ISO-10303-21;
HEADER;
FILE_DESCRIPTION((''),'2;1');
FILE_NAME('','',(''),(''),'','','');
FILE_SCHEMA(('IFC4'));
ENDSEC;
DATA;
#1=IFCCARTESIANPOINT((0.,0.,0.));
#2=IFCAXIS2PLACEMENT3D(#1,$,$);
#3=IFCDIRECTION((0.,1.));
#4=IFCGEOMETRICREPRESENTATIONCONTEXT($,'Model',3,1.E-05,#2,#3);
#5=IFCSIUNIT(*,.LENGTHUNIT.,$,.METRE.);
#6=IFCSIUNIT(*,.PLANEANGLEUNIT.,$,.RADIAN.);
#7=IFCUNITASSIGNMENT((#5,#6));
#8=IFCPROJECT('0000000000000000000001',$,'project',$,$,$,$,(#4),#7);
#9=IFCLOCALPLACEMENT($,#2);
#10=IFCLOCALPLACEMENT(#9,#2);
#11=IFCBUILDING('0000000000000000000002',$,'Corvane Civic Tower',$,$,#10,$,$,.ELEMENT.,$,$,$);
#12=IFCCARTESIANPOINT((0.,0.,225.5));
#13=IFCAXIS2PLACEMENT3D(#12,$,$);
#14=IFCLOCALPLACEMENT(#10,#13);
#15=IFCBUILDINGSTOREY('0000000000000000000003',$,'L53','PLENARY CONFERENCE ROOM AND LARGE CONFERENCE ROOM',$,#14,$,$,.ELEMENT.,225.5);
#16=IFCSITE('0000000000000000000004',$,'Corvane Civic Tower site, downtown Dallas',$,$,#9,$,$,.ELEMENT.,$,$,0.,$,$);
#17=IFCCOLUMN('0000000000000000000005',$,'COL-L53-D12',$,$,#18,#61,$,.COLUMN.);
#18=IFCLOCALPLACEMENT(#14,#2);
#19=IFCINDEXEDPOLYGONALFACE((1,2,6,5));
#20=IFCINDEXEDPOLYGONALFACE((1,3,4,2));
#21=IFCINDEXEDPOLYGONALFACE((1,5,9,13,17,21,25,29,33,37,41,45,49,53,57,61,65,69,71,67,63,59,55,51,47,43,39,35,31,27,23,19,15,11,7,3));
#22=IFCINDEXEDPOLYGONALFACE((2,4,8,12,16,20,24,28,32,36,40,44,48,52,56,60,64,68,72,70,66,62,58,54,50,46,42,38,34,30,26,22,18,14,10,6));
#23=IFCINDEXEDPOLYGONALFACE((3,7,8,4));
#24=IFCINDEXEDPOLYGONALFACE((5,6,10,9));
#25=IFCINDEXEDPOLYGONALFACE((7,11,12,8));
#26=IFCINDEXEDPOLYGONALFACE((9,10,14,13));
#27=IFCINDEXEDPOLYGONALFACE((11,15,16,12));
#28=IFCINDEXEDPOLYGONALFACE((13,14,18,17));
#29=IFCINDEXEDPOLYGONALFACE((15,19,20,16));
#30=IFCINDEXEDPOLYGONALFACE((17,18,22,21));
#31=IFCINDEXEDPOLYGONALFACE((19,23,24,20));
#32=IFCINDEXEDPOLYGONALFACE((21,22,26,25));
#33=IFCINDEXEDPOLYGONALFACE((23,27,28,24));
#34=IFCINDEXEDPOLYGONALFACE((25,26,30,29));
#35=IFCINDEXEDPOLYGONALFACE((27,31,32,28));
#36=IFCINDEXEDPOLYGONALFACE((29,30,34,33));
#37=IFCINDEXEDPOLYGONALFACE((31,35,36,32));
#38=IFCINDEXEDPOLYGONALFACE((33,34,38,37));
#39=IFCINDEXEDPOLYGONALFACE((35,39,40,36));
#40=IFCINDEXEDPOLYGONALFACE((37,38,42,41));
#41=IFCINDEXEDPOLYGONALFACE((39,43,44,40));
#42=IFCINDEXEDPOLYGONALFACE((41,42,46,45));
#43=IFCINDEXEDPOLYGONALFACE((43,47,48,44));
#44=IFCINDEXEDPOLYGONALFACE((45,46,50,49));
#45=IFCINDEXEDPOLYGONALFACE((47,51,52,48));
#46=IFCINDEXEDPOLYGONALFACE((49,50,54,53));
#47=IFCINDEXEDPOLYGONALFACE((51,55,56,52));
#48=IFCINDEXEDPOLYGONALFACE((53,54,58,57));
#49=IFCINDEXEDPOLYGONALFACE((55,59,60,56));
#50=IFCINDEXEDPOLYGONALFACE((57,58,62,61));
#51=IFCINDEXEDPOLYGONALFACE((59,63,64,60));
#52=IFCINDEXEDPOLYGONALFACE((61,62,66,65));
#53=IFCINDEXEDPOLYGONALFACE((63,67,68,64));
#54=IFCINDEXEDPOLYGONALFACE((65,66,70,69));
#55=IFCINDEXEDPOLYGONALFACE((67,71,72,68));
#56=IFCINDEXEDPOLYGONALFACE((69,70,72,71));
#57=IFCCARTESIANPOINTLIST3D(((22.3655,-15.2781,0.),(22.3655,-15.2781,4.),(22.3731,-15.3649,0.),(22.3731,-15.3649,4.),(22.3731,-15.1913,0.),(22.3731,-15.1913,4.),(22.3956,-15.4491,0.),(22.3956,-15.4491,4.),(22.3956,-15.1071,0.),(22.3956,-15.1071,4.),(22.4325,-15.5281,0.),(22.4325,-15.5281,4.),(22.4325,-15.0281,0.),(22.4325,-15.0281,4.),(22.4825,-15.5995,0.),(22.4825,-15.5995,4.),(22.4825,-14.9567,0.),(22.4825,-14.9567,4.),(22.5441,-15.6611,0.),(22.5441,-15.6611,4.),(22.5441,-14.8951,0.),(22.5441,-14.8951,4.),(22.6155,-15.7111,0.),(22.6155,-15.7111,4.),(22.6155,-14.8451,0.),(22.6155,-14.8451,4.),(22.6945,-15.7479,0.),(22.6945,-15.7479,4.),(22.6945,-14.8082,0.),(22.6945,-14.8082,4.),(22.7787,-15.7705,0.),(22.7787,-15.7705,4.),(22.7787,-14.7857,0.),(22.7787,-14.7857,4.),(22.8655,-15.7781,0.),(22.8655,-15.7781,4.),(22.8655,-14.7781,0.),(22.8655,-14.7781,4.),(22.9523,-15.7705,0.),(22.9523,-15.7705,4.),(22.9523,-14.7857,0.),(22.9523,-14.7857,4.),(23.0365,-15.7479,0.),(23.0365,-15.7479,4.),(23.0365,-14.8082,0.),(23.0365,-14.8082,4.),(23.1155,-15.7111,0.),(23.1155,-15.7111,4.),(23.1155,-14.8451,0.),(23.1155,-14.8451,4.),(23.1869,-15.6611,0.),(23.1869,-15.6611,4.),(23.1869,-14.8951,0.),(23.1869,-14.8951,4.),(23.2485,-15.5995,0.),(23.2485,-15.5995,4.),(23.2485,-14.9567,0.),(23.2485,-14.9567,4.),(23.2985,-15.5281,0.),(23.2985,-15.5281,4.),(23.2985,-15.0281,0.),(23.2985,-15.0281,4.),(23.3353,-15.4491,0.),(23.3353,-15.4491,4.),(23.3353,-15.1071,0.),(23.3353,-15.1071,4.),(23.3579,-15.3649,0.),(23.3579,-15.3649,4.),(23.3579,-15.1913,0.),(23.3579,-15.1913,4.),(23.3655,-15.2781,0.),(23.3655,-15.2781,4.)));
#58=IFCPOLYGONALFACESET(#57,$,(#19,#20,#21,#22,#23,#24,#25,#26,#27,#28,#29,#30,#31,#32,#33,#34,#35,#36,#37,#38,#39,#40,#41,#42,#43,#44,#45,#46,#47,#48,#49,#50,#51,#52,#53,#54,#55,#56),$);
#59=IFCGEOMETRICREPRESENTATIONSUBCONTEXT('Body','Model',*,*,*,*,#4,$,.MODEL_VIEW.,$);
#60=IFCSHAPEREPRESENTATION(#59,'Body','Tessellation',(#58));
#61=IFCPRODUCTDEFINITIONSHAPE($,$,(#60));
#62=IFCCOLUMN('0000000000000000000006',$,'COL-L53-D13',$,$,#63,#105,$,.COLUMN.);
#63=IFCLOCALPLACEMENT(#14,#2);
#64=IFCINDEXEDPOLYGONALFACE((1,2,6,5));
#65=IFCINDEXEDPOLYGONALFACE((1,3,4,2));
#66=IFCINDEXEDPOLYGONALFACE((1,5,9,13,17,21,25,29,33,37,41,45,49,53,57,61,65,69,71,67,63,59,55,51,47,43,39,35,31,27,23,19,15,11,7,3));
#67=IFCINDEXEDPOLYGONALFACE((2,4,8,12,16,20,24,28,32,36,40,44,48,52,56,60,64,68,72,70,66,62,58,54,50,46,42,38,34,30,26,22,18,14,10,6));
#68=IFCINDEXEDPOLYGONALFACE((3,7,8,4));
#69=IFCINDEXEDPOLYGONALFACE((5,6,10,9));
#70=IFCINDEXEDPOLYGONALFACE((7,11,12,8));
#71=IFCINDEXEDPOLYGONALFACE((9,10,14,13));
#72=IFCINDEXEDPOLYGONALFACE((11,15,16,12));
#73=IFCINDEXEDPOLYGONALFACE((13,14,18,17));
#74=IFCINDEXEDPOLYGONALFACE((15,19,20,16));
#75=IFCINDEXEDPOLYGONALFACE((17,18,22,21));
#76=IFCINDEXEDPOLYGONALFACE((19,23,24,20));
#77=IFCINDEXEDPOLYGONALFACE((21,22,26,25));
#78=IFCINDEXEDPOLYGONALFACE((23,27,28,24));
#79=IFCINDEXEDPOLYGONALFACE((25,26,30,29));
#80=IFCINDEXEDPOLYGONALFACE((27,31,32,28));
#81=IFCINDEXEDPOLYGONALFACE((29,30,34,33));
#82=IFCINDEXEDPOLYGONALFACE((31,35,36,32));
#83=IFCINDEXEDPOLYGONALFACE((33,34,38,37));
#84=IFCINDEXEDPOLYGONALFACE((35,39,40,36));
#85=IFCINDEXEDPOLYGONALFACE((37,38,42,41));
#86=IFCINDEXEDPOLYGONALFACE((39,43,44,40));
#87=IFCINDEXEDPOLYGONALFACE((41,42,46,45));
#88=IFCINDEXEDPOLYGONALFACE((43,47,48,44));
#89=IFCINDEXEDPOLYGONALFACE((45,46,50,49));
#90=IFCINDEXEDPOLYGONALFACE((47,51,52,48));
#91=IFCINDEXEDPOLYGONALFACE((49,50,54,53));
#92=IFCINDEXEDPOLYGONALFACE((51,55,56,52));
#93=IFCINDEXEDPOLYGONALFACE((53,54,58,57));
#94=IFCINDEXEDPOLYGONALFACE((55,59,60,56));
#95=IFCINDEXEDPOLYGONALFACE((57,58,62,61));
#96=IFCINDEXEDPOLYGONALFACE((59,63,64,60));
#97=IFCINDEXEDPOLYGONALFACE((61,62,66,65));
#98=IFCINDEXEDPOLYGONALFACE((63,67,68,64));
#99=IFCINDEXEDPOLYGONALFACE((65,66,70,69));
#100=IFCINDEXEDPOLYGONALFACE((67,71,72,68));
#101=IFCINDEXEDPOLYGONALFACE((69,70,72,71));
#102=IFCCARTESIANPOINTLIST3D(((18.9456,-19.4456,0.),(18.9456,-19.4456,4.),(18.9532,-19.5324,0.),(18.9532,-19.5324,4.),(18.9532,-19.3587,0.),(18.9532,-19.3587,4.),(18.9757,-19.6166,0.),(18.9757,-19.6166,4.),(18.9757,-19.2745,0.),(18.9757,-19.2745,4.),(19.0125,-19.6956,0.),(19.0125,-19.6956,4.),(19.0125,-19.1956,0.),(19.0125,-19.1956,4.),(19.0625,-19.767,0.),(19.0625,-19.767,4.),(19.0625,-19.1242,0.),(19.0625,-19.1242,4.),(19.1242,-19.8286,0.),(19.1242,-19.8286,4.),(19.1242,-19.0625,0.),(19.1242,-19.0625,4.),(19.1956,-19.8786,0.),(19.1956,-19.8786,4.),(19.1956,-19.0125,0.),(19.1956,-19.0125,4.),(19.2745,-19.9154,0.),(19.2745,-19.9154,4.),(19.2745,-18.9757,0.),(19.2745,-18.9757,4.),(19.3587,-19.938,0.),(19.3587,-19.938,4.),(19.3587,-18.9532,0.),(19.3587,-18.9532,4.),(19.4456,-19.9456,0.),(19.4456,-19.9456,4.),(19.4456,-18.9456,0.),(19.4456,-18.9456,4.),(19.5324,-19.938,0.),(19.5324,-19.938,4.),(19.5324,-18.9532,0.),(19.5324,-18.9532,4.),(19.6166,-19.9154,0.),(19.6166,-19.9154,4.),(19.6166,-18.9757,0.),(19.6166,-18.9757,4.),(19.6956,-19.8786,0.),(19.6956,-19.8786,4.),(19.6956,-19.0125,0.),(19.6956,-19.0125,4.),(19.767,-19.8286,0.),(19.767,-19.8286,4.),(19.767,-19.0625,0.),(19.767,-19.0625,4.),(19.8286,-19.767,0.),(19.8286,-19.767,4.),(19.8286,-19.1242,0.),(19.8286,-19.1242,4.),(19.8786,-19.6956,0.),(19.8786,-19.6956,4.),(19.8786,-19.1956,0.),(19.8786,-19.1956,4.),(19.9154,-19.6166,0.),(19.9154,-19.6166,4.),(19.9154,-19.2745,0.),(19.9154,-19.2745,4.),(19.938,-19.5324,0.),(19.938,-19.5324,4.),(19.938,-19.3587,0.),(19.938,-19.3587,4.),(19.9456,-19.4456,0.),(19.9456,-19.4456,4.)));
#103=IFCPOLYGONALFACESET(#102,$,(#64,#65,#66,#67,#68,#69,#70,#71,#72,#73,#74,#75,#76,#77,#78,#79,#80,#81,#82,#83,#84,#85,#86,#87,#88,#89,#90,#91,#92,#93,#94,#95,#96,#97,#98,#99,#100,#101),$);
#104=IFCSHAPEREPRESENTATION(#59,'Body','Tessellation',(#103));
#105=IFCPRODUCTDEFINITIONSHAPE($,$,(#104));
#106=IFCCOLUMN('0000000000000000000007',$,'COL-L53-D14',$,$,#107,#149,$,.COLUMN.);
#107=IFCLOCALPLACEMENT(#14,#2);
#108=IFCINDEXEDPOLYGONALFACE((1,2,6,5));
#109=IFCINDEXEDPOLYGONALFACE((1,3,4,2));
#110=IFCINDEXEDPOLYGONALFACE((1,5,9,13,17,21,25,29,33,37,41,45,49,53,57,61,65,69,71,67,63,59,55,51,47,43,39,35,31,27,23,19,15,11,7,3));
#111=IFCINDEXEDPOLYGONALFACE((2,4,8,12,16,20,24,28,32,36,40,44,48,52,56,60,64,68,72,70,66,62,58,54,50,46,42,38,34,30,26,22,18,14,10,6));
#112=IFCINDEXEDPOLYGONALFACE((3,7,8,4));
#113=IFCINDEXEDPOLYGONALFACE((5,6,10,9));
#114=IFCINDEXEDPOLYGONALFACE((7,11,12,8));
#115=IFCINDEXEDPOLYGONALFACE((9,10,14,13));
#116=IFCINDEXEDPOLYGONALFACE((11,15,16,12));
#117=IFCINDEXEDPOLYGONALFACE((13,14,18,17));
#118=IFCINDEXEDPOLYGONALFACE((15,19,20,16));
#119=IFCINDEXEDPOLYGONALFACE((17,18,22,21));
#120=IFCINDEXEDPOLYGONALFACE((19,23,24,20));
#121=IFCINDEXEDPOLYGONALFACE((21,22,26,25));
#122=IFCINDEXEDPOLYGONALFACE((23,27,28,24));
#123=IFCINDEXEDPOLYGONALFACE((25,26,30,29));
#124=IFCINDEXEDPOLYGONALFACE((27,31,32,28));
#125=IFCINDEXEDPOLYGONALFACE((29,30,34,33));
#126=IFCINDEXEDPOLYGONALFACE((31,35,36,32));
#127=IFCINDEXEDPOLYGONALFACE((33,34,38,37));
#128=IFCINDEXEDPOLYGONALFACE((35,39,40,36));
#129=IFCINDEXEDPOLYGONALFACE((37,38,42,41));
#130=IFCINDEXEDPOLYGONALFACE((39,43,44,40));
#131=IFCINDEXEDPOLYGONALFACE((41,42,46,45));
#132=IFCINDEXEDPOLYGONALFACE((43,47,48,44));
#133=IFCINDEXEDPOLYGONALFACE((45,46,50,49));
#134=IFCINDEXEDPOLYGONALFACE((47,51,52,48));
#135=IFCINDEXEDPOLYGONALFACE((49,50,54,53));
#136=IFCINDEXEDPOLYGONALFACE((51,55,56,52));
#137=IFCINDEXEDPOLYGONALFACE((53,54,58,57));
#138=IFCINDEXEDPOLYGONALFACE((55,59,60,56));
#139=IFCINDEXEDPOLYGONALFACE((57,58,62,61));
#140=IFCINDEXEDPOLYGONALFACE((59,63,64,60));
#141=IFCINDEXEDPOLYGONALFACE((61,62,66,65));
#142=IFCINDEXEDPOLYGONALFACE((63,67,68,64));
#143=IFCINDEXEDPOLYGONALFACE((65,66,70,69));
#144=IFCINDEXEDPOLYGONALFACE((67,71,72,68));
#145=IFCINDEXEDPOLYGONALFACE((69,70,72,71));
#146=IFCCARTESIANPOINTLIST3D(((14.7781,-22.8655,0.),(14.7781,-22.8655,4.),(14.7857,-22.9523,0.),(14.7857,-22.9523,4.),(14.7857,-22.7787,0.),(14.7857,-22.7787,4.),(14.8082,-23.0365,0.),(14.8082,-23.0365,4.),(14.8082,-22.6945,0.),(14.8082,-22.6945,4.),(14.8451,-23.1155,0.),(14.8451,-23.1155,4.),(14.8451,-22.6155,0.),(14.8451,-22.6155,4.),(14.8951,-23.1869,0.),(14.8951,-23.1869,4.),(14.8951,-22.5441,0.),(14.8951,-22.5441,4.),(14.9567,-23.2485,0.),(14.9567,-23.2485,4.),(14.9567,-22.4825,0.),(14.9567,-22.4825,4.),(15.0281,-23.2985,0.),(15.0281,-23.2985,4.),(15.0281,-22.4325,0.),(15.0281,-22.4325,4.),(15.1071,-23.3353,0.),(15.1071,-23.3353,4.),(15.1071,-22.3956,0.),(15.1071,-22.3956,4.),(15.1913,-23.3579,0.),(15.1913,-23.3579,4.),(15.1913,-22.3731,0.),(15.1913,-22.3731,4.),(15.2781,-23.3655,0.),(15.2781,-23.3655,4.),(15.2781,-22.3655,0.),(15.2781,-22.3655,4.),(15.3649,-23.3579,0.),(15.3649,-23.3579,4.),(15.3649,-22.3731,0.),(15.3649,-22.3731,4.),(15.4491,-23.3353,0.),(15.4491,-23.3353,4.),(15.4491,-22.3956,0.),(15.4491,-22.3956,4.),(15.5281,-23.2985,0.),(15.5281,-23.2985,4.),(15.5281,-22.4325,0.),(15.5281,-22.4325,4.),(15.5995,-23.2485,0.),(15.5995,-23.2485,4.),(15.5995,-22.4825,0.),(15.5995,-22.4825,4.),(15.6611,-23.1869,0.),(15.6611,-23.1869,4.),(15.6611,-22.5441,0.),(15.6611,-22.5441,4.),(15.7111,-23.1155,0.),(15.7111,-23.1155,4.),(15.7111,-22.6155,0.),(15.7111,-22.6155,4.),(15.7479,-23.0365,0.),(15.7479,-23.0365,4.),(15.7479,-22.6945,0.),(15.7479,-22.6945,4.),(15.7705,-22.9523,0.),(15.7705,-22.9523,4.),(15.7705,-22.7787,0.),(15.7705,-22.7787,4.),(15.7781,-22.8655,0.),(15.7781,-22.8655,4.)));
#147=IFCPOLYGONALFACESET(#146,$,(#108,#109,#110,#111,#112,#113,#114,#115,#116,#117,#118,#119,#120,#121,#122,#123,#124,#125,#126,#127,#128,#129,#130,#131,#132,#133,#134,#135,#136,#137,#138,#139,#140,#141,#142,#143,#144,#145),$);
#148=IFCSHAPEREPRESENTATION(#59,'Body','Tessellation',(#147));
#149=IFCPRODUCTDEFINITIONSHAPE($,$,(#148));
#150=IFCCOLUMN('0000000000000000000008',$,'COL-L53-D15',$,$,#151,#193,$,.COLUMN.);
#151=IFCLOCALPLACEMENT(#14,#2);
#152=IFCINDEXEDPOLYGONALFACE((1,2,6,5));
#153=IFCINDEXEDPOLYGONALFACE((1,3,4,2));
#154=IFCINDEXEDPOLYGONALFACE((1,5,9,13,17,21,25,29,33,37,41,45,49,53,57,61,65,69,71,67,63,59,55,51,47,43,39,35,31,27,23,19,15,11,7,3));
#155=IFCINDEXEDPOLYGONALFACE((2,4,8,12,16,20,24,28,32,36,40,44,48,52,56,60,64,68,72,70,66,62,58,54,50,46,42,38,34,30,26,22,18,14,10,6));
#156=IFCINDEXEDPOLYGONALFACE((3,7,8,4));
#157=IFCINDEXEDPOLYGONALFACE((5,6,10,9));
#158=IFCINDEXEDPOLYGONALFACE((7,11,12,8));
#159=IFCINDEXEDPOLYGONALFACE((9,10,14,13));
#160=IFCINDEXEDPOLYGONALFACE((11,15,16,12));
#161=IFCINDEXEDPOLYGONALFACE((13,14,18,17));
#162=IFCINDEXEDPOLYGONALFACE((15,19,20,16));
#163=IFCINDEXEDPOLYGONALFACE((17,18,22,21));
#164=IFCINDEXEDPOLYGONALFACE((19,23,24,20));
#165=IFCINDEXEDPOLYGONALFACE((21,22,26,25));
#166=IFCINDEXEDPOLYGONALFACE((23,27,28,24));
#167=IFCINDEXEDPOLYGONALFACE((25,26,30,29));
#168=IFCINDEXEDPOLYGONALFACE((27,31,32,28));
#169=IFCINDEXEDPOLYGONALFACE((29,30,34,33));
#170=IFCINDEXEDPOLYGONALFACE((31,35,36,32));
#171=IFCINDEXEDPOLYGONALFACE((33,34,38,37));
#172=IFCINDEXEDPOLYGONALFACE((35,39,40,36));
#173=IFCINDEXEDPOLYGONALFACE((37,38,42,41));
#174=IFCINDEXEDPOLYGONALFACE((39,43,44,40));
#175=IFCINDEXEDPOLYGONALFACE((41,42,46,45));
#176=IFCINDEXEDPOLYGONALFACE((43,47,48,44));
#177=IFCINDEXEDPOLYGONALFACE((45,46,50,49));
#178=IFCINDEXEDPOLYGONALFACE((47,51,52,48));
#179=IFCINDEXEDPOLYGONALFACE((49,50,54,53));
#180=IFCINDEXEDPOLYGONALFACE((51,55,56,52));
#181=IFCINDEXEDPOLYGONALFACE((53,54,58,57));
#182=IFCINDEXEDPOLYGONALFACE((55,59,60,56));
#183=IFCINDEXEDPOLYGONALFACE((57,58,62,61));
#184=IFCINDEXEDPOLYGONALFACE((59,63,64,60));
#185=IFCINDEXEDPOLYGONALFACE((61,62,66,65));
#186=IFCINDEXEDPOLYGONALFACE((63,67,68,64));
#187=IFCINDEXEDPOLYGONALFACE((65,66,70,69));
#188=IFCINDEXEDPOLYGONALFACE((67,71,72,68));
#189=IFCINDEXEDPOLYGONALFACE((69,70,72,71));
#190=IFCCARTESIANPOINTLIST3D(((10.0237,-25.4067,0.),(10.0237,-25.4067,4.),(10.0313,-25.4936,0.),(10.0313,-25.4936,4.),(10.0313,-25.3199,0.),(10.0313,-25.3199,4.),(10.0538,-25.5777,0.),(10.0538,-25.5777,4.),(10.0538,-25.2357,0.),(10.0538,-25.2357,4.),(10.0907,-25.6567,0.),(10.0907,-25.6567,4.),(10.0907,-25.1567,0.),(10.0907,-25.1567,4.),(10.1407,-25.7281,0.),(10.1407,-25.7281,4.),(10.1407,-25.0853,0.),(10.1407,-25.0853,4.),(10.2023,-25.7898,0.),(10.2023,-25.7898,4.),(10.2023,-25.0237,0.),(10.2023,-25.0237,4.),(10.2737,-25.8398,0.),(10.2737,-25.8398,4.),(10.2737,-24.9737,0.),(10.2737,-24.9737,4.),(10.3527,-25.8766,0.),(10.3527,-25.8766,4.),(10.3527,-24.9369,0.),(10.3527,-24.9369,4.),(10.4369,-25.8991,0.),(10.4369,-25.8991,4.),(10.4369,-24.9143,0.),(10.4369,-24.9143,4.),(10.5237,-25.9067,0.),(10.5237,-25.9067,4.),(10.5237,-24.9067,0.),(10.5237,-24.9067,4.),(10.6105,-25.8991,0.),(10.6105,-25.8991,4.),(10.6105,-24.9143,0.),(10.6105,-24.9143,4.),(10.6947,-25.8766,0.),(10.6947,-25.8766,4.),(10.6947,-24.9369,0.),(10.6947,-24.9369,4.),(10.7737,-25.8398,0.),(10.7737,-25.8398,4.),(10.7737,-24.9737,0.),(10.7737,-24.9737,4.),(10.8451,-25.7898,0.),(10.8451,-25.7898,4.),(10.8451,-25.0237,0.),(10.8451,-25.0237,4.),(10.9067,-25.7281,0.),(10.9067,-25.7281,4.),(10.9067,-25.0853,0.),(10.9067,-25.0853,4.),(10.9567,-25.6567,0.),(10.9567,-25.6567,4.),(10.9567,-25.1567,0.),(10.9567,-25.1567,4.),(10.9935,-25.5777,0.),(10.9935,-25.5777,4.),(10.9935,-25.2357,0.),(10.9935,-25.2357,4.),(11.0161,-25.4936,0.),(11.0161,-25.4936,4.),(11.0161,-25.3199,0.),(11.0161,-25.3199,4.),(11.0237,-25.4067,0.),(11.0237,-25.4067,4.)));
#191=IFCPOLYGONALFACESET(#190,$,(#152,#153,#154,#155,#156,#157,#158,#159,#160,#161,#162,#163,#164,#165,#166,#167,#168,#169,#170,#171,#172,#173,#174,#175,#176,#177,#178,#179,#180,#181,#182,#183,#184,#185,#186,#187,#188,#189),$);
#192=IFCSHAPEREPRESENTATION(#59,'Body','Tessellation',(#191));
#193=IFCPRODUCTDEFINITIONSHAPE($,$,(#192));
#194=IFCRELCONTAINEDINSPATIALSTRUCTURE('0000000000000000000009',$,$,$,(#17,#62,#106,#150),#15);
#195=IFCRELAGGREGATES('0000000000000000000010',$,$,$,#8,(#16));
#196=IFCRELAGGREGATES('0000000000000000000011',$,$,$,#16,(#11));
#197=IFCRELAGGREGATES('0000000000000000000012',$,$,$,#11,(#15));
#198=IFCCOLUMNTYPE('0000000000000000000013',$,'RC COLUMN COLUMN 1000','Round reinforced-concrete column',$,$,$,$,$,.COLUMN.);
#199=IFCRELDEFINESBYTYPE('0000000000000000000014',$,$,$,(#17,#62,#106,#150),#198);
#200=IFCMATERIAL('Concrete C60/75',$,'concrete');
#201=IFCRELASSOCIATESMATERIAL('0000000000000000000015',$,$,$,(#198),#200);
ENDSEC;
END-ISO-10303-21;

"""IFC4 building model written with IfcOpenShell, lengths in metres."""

from ifc_helpers import new_model, si_unit, direction, frame, origin, origin_2d, place, context, subcontext, project, spatial, circle, extrude, material, material_profile, profile_set, type_object, element, save


model = new_model("IFC4")

# Units and contexts
model_context = context("Model", 3, precision=1e-05, world=origin(), true_north=direction((0.0, 1.0)))
body_context = subcontext(model_context, "Body", "Model", "MODEL_VIEW")
ifc_project = project(units=[si_unit("LENGTHUNIT", "METRE"), si_unit("PLANEANGLEUNIT", "RADIAN")], contexts=[model_context])

# Site, building, storey
site_placement = place(None, origin())
site = spatial("IfcSite", under=ifc_project, at=site_placement, Name="Corvane Civic Tower site, downtown Dallas", CompositionType="ELEMENT", RefElevation=0.0)
building_placement = place(site_placement, origin())
building = spatial("IfcBuilding", under=site, at=building_placement, Name="Corvane Civic Tower", CompositionType="ELEMENT")
storey_placement = place(building_placement, frame((0.0, 0.0, 225.5)))
storey = spatial("IfcBuildingStorey", under=building, at=storey_placement, Name="L53", Description="PLENARY CONFERENCE ROOM AND LARGE CONFERENCE ROOM", CompositionType="ELEMENT", Elevation=225.5)

# Columns
ifc_material_1 = material(Name="Concrete C60/75", Category="concrete")
ifc_material_profile_1 = material_profile(ifc_material_1, circle(Radius=0.5, at=origin_2d()), Name="COLUMN 1000")
ifc_profile_set_1 = profile_set([ifc_material_profile_1], Name="Concrete C60/75")
column_type = type_object("IfcColumnType", Name="RC COLUMN COLUMN 1000", Description="Round reinforced-concrete column", PredefinedType="COLUMN", material=ifc_profile_set_1)
for number, where, z_axis, x_axis, name in (
    (1, (22.8655, -15.2781, 0.0), (0.0, 0.0, 1.0), (1.0, 0.0, 0.0), "COL-L53-D12"),
    (2, (19.4456, -19.4456, 0.0), (0.0, 0.0, 1.0), (1.0, 0.0, 0.0), "COL-L53-D13"),
    (3, (15.2781, -22.8655, 0.0), (0.0, 0.0, 1.0), (1.0, 0.0, 0.0), "COL-L53-D14"),
    (4, (10.5237, -25.4067, 0.0), (0.0, 0.0, 1.0), (1.0, 0.0, 0.0), "COL-L53-D15"),
):
    element("IfcColumn", number, at=place(storey_placement, frame(where, z_axis=z_axis, x_axis=x_axis)), inside=storey, type_object=column_type, Name=name, PredefinedType="COLUMN", context=body_context, shape_type="SweptSolid", body=[
        extrude(circle(Radius=0.5, at=origin_2d()), origin(), (0.0, 0.0, 1.0), 4.0),
    ])

save(model, "model.ifc")
